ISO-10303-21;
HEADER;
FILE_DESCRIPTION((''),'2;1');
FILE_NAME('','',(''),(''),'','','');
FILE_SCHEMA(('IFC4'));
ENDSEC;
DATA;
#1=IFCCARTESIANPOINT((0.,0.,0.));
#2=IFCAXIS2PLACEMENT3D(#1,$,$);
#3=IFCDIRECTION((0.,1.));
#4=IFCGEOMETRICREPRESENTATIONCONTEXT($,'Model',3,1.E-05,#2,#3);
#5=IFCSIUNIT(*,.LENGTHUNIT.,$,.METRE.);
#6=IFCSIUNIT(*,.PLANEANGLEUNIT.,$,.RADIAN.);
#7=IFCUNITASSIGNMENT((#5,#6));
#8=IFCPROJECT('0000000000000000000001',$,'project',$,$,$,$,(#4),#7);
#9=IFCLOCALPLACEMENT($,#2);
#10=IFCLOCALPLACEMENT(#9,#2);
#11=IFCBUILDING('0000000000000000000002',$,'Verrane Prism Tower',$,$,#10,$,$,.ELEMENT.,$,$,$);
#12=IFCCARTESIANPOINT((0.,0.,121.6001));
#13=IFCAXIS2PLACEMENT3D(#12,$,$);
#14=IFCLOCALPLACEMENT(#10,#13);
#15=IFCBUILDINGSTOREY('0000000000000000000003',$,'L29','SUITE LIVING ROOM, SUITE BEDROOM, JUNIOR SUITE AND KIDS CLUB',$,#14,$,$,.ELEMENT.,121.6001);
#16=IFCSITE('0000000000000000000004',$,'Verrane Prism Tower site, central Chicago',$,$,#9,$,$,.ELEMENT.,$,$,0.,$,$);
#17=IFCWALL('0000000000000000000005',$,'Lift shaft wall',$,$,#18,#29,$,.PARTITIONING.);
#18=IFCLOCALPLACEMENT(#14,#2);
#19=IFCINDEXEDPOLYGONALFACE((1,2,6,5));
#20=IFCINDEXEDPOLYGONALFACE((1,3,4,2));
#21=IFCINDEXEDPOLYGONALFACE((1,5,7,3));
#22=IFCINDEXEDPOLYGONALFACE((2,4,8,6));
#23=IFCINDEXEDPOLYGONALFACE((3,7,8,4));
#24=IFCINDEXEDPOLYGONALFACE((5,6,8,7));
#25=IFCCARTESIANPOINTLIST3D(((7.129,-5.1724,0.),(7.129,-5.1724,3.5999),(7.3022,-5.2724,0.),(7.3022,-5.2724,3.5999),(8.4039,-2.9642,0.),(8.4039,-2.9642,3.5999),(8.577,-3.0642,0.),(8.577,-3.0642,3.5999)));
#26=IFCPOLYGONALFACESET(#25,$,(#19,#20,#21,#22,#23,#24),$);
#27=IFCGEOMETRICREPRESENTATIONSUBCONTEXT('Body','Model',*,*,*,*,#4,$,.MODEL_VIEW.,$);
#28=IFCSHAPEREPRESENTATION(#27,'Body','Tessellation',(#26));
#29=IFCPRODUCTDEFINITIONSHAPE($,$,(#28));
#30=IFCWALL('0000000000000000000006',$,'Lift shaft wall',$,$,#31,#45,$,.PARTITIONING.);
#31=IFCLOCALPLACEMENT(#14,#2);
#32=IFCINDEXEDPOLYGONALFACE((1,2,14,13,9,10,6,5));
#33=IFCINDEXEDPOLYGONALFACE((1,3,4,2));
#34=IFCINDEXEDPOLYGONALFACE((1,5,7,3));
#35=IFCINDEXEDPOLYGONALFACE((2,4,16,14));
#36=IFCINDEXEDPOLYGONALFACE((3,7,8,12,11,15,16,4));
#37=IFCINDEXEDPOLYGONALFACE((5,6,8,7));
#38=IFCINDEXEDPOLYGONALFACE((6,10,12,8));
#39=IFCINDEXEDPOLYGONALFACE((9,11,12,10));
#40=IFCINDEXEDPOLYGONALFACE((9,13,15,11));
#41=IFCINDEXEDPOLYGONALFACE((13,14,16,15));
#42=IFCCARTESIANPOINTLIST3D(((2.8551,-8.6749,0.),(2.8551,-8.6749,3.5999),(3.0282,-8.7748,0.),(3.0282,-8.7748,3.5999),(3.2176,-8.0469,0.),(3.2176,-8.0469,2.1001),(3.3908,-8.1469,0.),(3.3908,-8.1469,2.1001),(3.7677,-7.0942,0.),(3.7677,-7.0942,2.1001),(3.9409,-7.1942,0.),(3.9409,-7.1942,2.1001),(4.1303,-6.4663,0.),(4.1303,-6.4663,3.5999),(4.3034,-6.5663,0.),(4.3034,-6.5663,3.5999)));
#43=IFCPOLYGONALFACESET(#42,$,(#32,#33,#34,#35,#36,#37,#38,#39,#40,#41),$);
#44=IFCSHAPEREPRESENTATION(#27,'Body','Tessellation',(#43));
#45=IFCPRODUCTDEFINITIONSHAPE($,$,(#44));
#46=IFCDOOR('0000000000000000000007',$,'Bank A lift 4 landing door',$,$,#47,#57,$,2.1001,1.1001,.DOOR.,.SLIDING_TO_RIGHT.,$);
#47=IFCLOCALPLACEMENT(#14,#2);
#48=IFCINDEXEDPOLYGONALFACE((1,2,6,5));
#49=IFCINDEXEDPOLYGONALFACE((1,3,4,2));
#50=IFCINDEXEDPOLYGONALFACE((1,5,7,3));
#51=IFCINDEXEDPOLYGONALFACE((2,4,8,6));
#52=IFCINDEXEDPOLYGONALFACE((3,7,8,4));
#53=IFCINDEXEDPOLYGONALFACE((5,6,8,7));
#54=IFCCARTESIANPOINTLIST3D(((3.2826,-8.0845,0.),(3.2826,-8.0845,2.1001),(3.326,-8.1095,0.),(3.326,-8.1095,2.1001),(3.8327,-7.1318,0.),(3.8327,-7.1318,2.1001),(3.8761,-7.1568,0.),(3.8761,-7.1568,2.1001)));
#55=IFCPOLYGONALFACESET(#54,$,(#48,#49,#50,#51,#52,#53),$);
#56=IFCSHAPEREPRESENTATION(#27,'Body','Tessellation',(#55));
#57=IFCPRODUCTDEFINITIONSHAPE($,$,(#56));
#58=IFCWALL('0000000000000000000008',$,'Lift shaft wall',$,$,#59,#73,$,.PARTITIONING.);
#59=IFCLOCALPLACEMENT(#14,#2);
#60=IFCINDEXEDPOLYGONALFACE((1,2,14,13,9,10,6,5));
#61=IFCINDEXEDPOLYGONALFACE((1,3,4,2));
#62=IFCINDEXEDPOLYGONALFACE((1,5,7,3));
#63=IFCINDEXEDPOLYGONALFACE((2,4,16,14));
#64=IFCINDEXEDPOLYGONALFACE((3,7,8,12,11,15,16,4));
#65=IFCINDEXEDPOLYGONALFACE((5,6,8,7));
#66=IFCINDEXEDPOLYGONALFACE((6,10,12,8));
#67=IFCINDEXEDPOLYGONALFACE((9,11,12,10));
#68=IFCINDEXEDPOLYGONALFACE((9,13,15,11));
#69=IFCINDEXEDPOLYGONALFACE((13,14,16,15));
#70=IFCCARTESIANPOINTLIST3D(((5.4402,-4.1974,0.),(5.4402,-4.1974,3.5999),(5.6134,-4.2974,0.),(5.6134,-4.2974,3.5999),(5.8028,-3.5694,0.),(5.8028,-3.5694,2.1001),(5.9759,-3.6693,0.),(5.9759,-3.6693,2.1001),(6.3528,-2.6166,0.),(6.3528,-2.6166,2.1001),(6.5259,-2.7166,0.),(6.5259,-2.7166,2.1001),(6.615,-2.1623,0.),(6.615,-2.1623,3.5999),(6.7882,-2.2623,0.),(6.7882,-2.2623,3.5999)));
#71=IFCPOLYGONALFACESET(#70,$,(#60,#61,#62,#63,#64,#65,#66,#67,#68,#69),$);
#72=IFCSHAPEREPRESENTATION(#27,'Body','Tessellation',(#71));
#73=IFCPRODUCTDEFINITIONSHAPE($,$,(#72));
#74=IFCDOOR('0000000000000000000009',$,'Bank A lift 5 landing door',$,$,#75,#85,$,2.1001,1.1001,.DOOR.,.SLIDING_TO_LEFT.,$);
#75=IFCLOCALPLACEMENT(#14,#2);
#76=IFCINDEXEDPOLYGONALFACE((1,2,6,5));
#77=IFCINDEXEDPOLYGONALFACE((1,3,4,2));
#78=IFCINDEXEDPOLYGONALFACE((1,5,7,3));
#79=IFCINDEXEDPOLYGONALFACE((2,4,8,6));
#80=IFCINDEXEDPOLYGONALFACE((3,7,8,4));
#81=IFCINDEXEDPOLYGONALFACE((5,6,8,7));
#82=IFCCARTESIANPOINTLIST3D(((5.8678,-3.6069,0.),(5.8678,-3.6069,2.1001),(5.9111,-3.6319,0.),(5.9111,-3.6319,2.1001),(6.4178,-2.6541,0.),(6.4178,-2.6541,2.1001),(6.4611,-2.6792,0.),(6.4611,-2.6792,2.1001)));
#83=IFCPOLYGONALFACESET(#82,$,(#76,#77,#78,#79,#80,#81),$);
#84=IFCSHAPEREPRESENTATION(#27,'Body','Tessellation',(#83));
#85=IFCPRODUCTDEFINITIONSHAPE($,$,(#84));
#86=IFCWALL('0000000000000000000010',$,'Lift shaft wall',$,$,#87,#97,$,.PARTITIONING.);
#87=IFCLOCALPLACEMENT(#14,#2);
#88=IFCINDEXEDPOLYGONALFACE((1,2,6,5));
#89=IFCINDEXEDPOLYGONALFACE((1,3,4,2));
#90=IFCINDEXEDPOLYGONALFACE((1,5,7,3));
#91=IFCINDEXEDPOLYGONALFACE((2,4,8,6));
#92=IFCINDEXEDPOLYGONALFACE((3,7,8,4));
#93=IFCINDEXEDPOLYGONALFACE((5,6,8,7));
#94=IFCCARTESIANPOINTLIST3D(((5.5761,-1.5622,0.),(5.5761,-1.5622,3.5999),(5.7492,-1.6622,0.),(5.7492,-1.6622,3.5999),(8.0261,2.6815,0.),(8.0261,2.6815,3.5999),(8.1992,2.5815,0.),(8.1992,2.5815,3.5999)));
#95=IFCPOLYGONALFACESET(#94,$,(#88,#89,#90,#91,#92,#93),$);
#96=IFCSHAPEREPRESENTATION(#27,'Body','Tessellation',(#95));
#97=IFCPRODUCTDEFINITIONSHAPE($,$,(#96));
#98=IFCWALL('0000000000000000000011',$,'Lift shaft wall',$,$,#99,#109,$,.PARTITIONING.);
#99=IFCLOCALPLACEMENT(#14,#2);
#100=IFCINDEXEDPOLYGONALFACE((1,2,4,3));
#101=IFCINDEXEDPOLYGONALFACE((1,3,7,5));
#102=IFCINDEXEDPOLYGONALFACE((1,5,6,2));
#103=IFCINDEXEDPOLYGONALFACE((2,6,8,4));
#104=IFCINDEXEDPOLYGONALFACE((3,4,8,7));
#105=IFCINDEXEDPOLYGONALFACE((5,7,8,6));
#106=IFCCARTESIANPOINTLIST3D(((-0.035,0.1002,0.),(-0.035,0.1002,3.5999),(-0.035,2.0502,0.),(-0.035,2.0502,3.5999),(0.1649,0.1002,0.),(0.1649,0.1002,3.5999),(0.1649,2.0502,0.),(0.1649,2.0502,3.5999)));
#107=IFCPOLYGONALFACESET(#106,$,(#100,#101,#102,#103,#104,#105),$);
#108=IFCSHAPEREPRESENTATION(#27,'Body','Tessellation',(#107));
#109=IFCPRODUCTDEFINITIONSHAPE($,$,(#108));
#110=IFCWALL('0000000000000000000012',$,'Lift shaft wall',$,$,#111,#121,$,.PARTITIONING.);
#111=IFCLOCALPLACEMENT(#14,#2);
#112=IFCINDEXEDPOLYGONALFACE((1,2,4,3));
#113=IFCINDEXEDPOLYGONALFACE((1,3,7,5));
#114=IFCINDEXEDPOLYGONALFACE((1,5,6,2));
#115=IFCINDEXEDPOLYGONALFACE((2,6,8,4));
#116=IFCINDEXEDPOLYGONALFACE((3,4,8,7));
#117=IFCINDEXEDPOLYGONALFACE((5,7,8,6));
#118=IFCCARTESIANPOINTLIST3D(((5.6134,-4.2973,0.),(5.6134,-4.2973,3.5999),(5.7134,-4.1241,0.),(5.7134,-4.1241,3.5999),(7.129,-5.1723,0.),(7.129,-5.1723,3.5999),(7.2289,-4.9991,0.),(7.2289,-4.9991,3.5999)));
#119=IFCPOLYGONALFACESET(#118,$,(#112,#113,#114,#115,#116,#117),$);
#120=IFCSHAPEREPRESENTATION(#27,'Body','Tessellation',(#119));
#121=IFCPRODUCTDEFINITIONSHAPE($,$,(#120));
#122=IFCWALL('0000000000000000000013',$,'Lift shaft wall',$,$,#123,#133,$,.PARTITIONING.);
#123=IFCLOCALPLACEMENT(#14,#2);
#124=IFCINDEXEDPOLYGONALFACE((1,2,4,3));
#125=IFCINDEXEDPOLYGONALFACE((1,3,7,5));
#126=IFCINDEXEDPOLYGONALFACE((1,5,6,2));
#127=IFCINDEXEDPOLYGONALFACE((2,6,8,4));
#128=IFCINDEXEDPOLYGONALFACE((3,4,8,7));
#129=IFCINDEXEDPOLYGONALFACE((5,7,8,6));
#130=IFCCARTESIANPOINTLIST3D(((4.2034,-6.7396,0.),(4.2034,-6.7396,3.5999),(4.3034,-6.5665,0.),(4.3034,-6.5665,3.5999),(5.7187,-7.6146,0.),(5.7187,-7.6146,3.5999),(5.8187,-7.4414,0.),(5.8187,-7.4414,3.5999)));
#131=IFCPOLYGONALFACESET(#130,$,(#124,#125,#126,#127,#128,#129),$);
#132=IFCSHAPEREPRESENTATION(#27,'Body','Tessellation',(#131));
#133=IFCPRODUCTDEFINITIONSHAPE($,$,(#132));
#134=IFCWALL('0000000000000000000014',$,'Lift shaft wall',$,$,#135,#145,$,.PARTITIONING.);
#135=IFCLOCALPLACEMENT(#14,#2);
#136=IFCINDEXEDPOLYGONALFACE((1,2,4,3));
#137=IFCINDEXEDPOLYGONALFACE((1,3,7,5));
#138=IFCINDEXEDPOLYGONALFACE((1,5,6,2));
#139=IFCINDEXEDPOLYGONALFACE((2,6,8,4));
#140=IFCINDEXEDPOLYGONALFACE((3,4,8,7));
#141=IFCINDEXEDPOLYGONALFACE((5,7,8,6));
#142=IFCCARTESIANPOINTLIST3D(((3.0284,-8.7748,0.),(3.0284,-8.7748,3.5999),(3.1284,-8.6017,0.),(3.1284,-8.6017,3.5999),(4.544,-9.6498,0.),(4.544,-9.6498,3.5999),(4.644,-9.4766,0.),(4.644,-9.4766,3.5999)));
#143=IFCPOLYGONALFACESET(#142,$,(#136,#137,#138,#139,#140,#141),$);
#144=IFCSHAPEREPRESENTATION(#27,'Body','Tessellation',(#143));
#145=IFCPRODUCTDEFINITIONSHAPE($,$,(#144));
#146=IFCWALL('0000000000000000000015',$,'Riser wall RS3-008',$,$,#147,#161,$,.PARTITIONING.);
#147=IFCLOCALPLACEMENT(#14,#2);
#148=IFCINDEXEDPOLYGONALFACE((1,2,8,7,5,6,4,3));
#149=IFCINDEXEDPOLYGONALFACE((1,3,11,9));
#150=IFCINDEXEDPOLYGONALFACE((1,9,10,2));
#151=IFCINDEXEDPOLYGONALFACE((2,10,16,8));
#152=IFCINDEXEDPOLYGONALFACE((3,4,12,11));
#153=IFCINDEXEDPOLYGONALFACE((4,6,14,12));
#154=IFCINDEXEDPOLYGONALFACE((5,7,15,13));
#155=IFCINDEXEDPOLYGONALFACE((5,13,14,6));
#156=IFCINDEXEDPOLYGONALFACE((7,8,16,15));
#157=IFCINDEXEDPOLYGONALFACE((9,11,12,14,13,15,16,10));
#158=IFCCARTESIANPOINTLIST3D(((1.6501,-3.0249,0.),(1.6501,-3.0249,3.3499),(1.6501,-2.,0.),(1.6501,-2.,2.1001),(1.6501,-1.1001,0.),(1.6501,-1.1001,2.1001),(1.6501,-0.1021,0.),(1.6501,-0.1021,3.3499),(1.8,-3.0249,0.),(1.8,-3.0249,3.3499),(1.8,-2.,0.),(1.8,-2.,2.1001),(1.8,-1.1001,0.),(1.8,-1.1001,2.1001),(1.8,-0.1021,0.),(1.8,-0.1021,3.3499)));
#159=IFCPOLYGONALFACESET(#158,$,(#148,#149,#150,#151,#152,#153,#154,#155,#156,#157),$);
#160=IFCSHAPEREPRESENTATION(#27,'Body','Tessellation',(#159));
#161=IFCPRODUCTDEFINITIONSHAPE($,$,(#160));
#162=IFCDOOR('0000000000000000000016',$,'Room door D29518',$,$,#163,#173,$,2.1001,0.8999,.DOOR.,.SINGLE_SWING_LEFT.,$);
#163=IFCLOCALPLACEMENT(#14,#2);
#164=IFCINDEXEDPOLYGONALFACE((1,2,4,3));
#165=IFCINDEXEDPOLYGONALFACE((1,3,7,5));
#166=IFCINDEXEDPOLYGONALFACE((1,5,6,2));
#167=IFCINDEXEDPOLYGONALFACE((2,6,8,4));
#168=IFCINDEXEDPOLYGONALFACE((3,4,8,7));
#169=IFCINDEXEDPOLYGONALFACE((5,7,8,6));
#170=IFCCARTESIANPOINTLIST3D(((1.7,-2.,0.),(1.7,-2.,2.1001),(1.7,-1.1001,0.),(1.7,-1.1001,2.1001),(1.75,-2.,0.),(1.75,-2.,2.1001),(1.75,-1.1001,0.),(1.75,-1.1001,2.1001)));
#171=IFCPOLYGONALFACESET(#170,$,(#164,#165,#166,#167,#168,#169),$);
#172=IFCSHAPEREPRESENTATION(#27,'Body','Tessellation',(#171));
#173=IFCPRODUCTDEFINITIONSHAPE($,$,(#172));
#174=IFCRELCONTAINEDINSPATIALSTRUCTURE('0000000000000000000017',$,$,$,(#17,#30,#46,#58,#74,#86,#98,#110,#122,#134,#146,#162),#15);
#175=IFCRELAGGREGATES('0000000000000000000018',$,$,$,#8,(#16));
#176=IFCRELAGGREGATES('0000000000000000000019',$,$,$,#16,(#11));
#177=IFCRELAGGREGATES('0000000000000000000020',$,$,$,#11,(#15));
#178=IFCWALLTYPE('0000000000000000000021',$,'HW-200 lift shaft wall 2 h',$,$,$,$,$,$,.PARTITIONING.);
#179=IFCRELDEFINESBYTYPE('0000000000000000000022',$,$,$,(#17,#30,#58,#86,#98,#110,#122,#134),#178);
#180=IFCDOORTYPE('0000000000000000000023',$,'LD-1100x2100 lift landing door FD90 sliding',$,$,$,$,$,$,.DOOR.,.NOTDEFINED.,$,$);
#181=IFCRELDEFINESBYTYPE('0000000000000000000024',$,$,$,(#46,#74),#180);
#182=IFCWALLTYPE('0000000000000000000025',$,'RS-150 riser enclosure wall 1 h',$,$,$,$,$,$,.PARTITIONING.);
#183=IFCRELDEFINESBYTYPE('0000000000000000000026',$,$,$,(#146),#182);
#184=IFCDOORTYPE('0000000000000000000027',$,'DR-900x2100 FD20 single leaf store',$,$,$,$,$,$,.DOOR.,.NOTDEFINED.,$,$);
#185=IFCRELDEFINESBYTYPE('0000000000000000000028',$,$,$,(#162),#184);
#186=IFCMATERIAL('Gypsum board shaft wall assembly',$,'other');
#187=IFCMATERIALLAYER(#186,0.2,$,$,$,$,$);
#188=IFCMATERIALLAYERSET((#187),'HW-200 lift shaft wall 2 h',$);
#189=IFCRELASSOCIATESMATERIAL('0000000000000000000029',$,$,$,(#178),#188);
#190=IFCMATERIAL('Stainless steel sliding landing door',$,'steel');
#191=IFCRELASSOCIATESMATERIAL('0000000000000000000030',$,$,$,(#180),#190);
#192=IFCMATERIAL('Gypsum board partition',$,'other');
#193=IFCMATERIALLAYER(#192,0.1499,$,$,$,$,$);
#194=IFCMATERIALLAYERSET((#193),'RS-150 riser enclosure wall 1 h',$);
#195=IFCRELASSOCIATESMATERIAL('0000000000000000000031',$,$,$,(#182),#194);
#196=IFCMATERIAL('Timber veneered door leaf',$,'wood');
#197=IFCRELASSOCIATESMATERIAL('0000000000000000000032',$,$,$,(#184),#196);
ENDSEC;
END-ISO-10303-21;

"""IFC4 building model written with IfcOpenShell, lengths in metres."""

from ifc_helpers import new_model, si_unit, direction, frame, frame_2d, origin, place, context, subcontext, project, spatial, rectangle, extrude, material, layer, layer_set, type_object, element, fill, save


model = new_model("IFC4")

# Units and contexts
model_context = context("Model", 3, precision=1e-05, world=origin(), true_north=direction((0.0, 1.0)))
body_context = subcontext(model_context, "Body", "Model", "MODEL_VIEW")
ifc_project = project(units=[si_unit("LENGTHUNIT", "METRE"), si_unit("PLANEANGLEUNIT", "RADIAN")], contexts=[model_context])

# Site, building, storey
site_placement = place(None, origin())
site = spatial("IfcSite", under=ifc_project, at=site_placement, Name="Verrane Prism Tower site, central Chicago", CompositionType="ELEMENT", RefElevation=0.0)
building_placement = place(site_placement, origin())
building = spatial("IfcBuilding", under=site, at=building_placement, Name="Verrane Prism Tower", CompositionType="ELEMENT")
storey_placement = place(building_placement, frame((0.0, 0.0, 121.6001)))
storey = spatial("IfcBuildingStorey", under=building, at=storey_placement, Name="L29", Description="SUITE LIVING ROOM, SUITE BEDROOM, JUNIOR SUITE AND KIDS CLUB", CompositionType="ELEMENT", Elevation=121.6001)

# Wall
ifc_material_1 = material(Name="Gypsum board shaft wall assembly", Category="other")
ifc_layer_1 = layer(ifc_material_1, 0.2)
ifc_layer_set_1 = layer_set([ifc_layer_1], Name="HW-200 lift shaft wall 2 h")
wall_type_1 = type_object("IfcWallType", Name="HW-200 lift shaft wall 2 h", PredefinedType="PARTITIONING", material=ifc_layer_set_1)
wall_1_placement = place(storey_placement, frame((7.2156, -5.2224, 0.0), z_axis=(0.0, 0.0, 1.0), x_axis=(0.49999, 0.866031, 0.0)))
element("IfcWall", 1, at=wall_1_placement, inside=storey, type_object=wall_type_1, Name="Lift shaft wall", PredefinedType="PARTITIONING", context=body_context, shape_type="SweptSolid", body=[
    extrude(rectangle(XDim=2.5498, YDim=0.2, at=frame_2d((1.2749, 0.0))), origin(), (0.0, 0.0, 1.0), 3.5999),
])

# Walls, openings, doors
wall_2_placement = place(storey_placement, frame((2.9417, -8.7249, 0.0), z_axis=(0.0, 0.0, 1.0), x_axis=(0.500021, 0.866013, 0.0)))
wall_2 = element("IfcWall", 2, at=wall_2_placement, inside=storey, type_object=wall_type_1, Name="Lift shaft wall", PredefinedType="PARTITIONING", context=body_context, shape_type="SweptSolid", body=[
    extrude(rectangle(XDim=2.5503, YDim=0.2, at=frame_2d((1.2751, 0.0))), origin(), (0.0, 0.0, 1.0), 3.5999),
])
opening_1_placement = place(wall_2_placement, frame((0.7251, 0.0, 0.0)))
opening_1 = element("IfcOpeningElement", 3, at=opening_1_placement, cuts=wall_2, PredefinedType="OPENING", context=body_context, shape_type="SweptSolid", body=[
    extrude(rectangle(XDim=1.1001, YDim=2.1001, at=frame_2d((0.55, 1.05))), frame((0.0, 0.1099, 0.0), z_axis=(0.0, -1.0, 0.0), x_axis=(1.0, 0.0, 0.0)), (0.0, 0.0, 1.0), 0.22),
])
ifc_material_2 = material(Name="Stainless steel sliding landing door", Category="steel")
door_type_1 = type_object("IfcDoorType", Name="LD-1100x2100 lift landing door FD90 sliding", OperationType="NOTDEFINED", PredefinedType="DOOR", material=ifc_material_2)
door_1_placement = place(opening_1_placement, origin())
door_1 = element("IfcDoor", 4, at=door_1_placement, inside=storey, type_object=door_type_1, Name="Bank A lift 4 landing door", OperationType="SLIDING_TO_RIGHT", OverallHeight=2.1001, OverallWidth=1.1001, PredefinedType="DOOR", context=body_context, shape_type="SweptSolid", body=[
    extrude(rectangle(XDim=1.1001, YDim=2.1001, at=frame_2d((0.55, 1.05))), frame((0.0, 0.0249, 0.0), z_axis=(0.0, -1.0, 0.0), x_axis=(1.0, 0.0, 0.0)), (0.0, 0.0, 1.0), 0.05),
])
fill(opening_1, door_1)
wall_3_placement = place(storey_placement, frame((5.5269, -4.2473, 0.0), z_axis=(0.0, 0.0, 1.0), x_axis=(0.499938, 0.866061, 0.0)))
wall_3 = element("IfcWall", 5, at=wall_3_placement, inside=storey, type_object=wall_type_1, Name="Lift shaft wall", PredefinedType="PARTITIONING", context=body_context, shape_type="SweptSolid", body=[
    extrude(rectangle(XDim=2.3499, YDim=0.2, at=frame_2d((1.1748, 0.0))), origin(), (0.0, 0.0, 1.0), 3.5999),
])
opening_2_placement = place(wall_3_placement, frame((0.7251, 0.0, 0.0)))
opening_2 = element("IfcOpeningElement", 6, at=opening_2_placement, cuts=wall_3, PredefinedType="OPENING", context=body_context, shape_type="SweptSolid", body=[
    extrude(rectangle(XDim=1.1001, YDim=2.1001, at=frame_2d((0.55, 1.05))), frame((0.0, 0.1099, 0.0), z_axis=(0.0, -1.0, 0.0), x_axis=(1.0, 0.0, 0.0)), (0.0, 0.0, 1.0), 0.22),
])
door_2_placement = place(opening_2_placement, origin())
door_2 = element("IfcDoor", 7, at=door_2_placement, inside=storey, type_object=door_type_1, Name="Bank A lift 5 landing door", OperationType="SLIDING_TO_LEFT", OverallHeight=2.1001, OverallWidth=1.1001, PredefinedType="DOOR", context=body_context, shape_type="SweptSolid", body=[
    extrude(rectangle(XDim=1.1001, YDim=2.1001, at=frame_2d((0.55, 1.05))), frame((0.0, 0.0249, 0.0), z_axis=(0.0, -1.0, 0.0), x_axis=(1.0, 0.0, 0.0)), (0.0, 0.0, 1.0), 0.05),
])
fill(opening_2, door_2)

# Walls
wall_4_placement = place(storey_placement, frame((5.6626, -1.6123, 0.0), z_axis=(0.0, 0.0, 1.0), x_axis=(0.499981, 0.866036, 0.0)))
element("IfcWall", 8, at=wall_4_placement, inside=storey, type_object=wall_type_1, Name="Lift shaft wall", PredefinedType="PARTITIONING", context=body_context, shape_type="SweptSolid", body=[
    extrude(rectangle(XDim=4.9001, YDim=0.2, at=frame_2d((2.4502, 0.0))), origin(), (0.0, 0.0, 1.0), 3.5999),
])
wall_5_placement = place(storey_placement, frame((0.0649, 0.1001, 0.0), z_axis=(0.0, 0.0, 1.0), x_axis=(0.0, 1.0, 0.0)))
element("IfcWall", 9, at=wall_5_placement, inside=storey, type_object=wall_type_1, Name="Lift shaft wall", PredefinedType="PARTITIONING", context=body_context, shape_type="SweptSolid", body=[
    extrude(rectangle(XDim=1.95, YDim=0.2, at=frame_2d((0.9751, 0.0))), origin(), (0.0, 0.0, 1.0), 3.5999),
])
wall_6_placement = place(storey_placement, frame((7.179, -5.0857, 0.0), z_axis=(0.0, 0.0, 1.0), x_axis=(-0.866037, 0.49998, 0.0)))
element("IfcWall", 10, at=wall_6_placement, inside=storey, type_object=wall_type_1, Name="Lift shaft wall", PredefinedType="PARTITIONING", context=body_context, shape_type="SweptSolid", body=[
    extrude(rectangle(XDim=1.75, YDim=0.2, at=frame_2d((0.875, 0.0))), origin(), (0.0, 0.0, 1.0), 3.5999),
])
wall_7_placement = place(storey_placement, frame((5.7688, -7.5281, 0.0), z_axis=(0.0, 0.0, 1.0), x_axis=(-0.866002, 0.50004, 0.0)))
element("IfcWall", 11, at=wall_7_placement, inside=storey, type_object=wall_type_1, Name="Lift shaft wall", PredefinedType="PARTITIONING", context=body_context, shape_type="SweptSolid", body=[
    extrude(rectangle(XDim=1.7498, YDim=0.2, at=frame_2d((0.875, 0.0))), origin(), (0.0, 0.0, 1.0), 3.5999),
])
wall_8_placement = place(storey_placement, frame((4.594, -9.5632, 0.0), z_axis=(0.0, 0.0, 1.0), x_axis=(-0.866037, 0.49998, 0.0)))
element("IfcWall", 12, at=wall_8_placement, inside=storey, type_object=wall_type_1, Name="Lift shaft wall", PredefinedType="PARTITIONING", context=body_context, shape_type="SweptSolid", body=[
    extrude(rectangle(XDim=1.75, YDim=0.2, at=frame_2d((0.875, 0.0))), origin(), (0.0, 0.0, 1.0), 3.5999),
])

# Wall, opening, door
ifc_material_3 = material(Name="Gypsum board partition", Category="other")
ifc_layer_2 = layer(ifc_material_3, 0.1499)
ifc_layer_set_2 = layer_set([ifc_layer_2], Name="RS-150 riser enclosure wall 1 h")
wall_type_2 = type_object("IfcWallType", Name="RS-150 riser enclosure wall 1 h", PredefinedType="PARTITIONING", material=ifc_layer_set_2)
wall_9_placement = place(storey_placement, frame((1.7251, -0.1021, 0.0), z_axis=(0.0, 0.0, 1.0), x_axis=(0.0, -1.0, 0.0)))
wall_9 = element("IfcWall", 13, at=wall_9_placement, inside=storey, type_object=wall_type_2, Name="Riser wall RS3-008", PredefinedType="PARTITIONING", context=body_context, shape_type="SweptSolid", body=[
    extrude(rectangle(XDim=2.9229, YDim=0.1499, at=frame_2d((1.4614, 0.0))), origin(), (0.0, 0.0, 1.0), 3.3499),
])
opening_3_placement = place(wall_9_placement, frame((0.998, 0.0, 0.0)))
opening_3 = element("IfcOpeningElement", 14, at=opening_3_placement, cuts=wall_9, PredefinedType="OPENING", context=body_context, shape_type="SweptSolid", body=[
    extrude(rectangle(XDim=0.8999, YDim=2.1001, at=frame_2d((0.45, 1.05))), frame((0.0, 0.085, 0.0), z_axis=(0.0, -1.0, 0.0), x_axis=(1.0, 0.0, 0.0)), (0.0, 0.0, 1.0), 0.1699),
])
ifc_material_4 = material(Name="Timber veneered door leaf", Category="wood")
door_type_2 = type_object("IfcDoorType", Name="DR-900x2100 FD20 single leaf store", OperationType="NOTDEFINED", PredefinedType="DOOR", material=ifc_material_4)
door_3_placement = place(opening_3_placement, origin())
door_3 = element("IfcDoor", 15, at=door_3_placement, inside=storey, type_object=door_type_2, Name="Room door D29518", OperationType="SINGLE_SWING_LEFT", OverallHeight=2.1001, OverallWidth=0.8999, PredefinedType="DOOR", context=body_context, shape_type="SweptSolid", body=[
    extrude(rectangle(XDim=0.8999, YDim=2.1001, at=frame_2d((0.45, 1.05))), frame((0.0, 0.0249, 0.0), z_axis=(0.0, -1.0, 0.0), x_axis=(1.0, 0.0, 0.0)), (0.0, 0.0, 1.0), 0.05),
])
fill(opening_3, door_3)

save(model, "model.ifc")
